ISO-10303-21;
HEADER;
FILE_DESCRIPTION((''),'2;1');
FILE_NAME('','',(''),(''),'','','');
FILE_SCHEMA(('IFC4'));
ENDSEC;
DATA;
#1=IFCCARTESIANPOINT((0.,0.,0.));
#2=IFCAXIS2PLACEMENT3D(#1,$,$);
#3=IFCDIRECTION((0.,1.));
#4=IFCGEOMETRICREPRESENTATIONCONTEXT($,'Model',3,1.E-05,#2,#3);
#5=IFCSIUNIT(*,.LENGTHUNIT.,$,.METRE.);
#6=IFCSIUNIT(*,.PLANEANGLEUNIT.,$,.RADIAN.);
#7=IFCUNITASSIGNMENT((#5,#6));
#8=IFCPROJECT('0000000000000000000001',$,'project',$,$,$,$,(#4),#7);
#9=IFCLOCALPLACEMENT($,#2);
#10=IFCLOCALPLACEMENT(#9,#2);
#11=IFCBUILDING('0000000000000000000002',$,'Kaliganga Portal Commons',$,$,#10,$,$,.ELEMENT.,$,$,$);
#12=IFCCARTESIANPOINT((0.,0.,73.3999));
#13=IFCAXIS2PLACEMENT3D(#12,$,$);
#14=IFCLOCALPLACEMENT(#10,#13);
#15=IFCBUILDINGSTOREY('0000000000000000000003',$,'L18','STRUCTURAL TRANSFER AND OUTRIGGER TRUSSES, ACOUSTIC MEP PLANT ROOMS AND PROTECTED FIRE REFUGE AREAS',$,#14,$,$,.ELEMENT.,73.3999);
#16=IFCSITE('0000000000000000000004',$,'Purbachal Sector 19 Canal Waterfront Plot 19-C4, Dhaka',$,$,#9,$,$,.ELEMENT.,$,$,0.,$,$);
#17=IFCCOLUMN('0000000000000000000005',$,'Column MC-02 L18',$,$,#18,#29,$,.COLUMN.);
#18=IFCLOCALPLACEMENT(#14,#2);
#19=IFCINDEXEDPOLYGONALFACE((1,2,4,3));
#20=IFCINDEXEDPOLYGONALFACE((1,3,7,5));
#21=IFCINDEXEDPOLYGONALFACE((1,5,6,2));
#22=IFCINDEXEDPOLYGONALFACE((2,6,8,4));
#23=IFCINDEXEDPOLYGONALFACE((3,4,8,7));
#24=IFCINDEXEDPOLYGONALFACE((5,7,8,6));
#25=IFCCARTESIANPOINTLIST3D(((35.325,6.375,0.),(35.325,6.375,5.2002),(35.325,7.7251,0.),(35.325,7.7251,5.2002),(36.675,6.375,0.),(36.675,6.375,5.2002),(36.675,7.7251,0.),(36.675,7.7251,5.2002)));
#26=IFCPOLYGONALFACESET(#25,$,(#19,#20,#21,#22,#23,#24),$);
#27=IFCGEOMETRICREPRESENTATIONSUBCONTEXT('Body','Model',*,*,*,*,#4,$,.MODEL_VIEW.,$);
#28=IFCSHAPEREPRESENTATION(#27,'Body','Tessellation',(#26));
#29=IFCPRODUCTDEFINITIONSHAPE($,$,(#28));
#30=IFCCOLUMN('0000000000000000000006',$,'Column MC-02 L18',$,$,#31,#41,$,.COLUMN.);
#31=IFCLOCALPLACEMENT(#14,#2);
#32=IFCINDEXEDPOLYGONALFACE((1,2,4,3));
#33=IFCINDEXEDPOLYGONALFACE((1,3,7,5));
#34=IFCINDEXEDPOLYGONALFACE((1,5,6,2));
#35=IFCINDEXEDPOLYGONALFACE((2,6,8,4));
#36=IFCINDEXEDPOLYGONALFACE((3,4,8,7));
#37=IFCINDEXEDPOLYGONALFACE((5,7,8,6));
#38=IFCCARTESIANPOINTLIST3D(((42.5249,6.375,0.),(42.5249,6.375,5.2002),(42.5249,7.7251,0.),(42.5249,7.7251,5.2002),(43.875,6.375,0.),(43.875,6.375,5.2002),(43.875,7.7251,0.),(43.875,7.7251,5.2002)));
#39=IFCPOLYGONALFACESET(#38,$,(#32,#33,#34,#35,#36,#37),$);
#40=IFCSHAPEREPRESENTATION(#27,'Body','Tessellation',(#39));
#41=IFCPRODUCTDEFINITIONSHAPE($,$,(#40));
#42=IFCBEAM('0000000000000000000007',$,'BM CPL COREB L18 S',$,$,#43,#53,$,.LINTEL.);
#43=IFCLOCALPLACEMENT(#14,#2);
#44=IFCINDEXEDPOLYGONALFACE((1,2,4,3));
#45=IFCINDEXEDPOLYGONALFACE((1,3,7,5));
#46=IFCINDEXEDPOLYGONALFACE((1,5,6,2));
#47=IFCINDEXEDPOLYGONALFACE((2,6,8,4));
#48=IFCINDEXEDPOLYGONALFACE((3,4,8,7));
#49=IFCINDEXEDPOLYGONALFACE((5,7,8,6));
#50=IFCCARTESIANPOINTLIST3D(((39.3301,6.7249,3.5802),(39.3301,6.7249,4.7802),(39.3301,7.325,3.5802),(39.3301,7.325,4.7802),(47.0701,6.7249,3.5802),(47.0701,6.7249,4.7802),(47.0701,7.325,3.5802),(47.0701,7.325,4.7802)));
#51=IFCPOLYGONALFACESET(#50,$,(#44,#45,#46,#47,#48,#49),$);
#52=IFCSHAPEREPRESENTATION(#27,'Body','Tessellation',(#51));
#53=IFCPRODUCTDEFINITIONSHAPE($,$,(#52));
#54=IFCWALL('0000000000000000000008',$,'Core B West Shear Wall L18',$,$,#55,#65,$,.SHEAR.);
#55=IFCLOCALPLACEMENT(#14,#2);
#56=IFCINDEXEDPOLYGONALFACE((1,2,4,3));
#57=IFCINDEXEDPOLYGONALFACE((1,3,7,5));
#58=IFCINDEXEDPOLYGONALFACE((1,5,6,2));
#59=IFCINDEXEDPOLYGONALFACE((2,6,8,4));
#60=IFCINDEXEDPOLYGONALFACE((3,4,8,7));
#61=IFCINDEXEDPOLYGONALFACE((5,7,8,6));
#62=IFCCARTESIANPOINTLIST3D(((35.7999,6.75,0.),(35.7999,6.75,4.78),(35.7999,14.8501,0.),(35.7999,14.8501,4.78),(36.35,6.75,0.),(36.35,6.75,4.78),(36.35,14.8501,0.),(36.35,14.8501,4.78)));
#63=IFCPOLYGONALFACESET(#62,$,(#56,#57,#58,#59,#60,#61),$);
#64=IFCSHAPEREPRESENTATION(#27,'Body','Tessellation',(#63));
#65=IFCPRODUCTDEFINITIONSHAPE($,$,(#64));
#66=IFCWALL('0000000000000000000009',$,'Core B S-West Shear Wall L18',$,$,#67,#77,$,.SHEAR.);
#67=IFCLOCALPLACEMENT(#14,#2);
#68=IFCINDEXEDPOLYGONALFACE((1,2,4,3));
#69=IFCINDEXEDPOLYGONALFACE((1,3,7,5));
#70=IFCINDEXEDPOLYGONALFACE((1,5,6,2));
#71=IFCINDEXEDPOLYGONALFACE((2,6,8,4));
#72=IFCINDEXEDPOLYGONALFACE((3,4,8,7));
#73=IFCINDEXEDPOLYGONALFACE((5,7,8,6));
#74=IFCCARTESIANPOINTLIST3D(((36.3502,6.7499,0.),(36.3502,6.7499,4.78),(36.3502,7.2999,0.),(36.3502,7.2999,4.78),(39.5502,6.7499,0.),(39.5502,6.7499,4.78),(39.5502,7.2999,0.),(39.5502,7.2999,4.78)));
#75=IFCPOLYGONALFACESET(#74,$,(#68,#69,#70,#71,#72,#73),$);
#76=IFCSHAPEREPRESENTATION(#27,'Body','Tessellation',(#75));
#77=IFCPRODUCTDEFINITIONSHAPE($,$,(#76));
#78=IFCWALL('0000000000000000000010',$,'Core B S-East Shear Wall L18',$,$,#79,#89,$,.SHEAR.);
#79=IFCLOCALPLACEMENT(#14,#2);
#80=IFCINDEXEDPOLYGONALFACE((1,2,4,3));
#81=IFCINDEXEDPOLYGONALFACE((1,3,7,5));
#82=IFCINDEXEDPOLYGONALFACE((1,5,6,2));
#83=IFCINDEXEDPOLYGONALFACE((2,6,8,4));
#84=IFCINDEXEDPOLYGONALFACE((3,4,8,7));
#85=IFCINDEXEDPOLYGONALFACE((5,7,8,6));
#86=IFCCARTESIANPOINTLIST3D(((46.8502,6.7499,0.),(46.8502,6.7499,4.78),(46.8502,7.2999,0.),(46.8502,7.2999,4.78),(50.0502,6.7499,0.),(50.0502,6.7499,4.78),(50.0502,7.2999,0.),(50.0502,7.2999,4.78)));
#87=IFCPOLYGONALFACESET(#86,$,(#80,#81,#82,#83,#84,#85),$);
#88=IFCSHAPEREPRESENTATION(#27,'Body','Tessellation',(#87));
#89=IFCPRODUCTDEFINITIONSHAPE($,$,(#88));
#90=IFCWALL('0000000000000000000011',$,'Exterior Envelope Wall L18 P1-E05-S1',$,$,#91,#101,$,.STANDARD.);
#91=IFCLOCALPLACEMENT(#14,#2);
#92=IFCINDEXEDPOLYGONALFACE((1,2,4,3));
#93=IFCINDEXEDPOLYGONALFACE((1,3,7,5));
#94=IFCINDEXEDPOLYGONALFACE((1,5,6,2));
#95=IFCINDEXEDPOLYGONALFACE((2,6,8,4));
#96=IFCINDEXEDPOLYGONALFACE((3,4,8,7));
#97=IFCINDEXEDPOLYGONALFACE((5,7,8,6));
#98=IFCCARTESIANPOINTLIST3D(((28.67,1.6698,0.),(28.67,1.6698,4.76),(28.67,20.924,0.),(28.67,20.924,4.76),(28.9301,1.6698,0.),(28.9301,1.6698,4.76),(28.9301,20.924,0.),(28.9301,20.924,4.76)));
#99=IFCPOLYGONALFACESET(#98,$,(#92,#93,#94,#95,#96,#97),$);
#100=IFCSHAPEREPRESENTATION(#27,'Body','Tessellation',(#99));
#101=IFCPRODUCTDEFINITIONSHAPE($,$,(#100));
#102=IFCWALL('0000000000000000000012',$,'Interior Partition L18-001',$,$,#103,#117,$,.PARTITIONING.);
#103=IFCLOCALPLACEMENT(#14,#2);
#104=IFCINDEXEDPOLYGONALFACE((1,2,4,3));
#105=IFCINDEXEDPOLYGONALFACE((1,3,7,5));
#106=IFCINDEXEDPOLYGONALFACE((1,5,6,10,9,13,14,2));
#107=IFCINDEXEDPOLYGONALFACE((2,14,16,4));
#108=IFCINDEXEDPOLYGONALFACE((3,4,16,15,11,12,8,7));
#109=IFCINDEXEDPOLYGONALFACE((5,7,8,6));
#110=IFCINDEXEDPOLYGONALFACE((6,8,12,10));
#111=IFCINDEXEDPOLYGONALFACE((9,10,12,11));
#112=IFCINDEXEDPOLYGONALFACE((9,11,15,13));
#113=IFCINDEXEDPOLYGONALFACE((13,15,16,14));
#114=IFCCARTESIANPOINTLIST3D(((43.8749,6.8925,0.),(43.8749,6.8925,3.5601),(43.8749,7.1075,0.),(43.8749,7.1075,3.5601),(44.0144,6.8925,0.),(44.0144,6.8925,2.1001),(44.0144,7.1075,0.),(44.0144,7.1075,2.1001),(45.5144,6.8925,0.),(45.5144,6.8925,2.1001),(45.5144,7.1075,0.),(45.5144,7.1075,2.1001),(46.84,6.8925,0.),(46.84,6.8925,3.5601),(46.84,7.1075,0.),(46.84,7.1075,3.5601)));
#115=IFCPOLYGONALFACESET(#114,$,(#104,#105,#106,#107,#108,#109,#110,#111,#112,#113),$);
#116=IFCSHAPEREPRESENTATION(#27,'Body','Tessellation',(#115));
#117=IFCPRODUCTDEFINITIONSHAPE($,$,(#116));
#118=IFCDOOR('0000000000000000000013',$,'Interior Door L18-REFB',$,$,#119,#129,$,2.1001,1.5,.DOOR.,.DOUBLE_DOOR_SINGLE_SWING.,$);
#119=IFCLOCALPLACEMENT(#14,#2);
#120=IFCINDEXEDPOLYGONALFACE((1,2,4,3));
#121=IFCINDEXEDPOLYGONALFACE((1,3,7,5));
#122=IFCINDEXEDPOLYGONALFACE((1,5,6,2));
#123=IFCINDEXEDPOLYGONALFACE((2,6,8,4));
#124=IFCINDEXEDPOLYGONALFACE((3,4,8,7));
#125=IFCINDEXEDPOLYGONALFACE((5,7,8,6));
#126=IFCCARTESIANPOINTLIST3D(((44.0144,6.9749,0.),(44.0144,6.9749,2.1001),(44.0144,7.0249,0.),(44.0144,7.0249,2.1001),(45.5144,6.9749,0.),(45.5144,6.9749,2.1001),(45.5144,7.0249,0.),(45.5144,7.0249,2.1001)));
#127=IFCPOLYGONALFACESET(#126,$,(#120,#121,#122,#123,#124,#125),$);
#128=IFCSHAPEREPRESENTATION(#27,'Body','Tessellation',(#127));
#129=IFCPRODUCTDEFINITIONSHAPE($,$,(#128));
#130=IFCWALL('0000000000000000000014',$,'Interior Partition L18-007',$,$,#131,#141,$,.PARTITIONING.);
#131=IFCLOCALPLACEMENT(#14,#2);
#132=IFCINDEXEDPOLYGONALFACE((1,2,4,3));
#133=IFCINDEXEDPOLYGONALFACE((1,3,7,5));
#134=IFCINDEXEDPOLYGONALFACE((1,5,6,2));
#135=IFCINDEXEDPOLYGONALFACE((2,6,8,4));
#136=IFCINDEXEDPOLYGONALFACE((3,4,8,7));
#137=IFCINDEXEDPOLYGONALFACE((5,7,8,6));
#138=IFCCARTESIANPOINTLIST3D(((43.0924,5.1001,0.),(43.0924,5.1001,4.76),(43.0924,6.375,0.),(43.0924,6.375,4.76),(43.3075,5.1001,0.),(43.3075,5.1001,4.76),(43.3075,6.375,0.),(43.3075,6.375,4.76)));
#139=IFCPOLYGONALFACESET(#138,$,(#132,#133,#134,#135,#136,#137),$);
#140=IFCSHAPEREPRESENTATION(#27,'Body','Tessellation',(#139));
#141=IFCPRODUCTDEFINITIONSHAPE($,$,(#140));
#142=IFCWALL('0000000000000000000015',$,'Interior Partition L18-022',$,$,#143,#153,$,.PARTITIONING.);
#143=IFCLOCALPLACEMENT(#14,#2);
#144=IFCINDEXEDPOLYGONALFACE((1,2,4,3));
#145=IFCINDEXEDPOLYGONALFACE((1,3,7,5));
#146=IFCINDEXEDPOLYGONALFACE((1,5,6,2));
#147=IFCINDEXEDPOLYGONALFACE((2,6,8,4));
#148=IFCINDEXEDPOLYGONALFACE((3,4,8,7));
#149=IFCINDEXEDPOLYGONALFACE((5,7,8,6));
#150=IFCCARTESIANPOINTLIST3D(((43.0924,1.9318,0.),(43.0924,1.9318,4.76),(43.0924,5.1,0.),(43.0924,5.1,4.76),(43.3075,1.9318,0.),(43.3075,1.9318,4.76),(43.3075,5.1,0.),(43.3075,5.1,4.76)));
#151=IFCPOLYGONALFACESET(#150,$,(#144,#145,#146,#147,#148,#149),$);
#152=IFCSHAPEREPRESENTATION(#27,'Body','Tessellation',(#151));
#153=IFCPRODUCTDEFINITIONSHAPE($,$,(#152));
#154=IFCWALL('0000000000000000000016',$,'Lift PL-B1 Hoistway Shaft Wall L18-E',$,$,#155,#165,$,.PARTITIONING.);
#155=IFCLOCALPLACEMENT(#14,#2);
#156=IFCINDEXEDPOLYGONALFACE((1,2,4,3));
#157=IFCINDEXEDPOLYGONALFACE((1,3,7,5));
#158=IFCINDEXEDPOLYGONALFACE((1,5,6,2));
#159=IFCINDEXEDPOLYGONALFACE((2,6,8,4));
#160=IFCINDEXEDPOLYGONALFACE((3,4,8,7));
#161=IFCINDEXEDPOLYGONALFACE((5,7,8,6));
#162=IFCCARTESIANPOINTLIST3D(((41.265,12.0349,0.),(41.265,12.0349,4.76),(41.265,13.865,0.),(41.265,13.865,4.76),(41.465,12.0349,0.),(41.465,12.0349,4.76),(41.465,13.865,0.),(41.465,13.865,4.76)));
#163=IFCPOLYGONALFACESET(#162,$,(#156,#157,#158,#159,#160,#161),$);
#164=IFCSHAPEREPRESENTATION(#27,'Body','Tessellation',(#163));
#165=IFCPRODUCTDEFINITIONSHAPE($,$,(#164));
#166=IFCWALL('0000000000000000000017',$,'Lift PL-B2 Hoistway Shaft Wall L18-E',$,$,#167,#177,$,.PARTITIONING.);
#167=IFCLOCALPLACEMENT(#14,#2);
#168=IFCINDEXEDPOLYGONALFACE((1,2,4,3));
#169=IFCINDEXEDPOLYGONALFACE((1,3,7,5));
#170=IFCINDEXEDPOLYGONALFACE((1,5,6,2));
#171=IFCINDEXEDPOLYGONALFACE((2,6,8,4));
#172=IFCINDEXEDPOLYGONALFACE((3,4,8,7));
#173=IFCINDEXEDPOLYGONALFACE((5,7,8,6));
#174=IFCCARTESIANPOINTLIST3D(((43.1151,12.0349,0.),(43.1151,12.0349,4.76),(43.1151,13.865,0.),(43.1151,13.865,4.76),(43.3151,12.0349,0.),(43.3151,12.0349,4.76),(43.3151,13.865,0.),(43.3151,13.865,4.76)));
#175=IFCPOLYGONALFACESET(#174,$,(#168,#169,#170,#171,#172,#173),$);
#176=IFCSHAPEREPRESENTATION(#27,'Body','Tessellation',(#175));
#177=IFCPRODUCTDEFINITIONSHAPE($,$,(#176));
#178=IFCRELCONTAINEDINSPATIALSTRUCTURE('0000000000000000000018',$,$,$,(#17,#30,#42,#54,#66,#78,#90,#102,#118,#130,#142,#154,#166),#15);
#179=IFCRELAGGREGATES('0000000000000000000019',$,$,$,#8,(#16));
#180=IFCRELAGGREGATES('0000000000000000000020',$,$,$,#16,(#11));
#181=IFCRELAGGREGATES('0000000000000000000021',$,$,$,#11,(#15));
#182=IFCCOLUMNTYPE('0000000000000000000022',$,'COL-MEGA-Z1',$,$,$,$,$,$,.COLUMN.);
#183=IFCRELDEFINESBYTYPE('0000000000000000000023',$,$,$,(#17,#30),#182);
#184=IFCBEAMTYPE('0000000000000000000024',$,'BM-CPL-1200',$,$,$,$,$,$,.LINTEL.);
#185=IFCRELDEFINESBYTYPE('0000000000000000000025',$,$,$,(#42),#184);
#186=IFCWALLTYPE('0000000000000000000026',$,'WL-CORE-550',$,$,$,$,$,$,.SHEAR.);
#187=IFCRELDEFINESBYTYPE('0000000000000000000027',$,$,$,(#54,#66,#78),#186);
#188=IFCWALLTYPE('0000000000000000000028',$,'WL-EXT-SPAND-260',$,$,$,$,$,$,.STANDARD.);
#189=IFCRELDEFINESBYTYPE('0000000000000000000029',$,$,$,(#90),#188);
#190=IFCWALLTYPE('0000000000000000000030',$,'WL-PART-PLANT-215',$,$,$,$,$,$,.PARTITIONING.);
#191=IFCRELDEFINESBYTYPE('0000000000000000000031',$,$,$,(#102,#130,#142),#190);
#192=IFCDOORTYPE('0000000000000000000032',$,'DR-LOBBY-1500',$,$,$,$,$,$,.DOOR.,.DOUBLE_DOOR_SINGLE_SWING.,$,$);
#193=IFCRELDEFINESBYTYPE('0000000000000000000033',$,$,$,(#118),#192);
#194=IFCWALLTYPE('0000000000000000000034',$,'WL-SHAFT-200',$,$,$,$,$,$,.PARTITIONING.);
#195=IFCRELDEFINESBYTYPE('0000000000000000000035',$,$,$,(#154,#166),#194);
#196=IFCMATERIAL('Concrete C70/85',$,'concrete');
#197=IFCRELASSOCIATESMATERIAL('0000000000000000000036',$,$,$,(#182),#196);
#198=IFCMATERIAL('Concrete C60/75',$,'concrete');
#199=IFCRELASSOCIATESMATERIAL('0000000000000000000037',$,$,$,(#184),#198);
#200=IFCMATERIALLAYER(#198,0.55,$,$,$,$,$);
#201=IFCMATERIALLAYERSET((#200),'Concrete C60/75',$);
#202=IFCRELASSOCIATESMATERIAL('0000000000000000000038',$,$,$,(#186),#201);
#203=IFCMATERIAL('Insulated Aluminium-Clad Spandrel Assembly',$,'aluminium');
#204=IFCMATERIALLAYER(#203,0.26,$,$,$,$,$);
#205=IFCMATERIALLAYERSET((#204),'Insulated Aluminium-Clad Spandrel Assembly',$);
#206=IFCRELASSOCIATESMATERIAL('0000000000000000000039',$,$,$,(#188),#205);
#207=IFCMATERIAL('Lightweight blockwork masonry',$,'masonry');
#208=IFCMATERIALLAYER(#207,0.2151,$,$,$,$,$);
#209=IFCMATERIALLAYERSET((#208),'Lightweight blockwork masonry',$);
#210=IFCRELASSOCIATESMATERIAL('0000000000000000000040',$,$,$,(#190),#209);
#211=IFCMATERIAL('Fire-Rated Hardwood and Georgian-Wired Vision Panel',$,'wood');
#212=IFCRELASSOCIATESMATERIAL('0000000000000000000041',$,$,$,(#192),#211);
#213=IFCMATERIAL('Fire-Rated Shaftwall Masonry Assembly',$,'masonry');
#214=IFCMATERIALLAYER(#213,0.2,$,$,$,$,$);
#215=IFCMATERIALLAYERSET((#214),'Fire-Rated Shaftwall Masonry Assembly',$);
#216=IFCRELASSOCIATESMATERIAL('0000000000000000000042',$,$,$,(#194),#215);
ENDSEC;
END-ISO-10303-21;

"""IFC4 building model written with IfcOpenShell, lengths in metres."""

from ifc_helpers import new_model, si_unit, direction, frame, frame_2d, origin, origin_2d, place, context, subcontext, project, spatial, rectangle, extrude, source, transform, mapped, material, layer, layer_set, material_profile, profile_set, type_object, element, fill, save


model = new_model("IFC4")

# Units and contexts
model_context = context("Model", 3, precision=1e-05, world=origin(), true_north=direction((0.0, 1.0)))
body_context = subcontext(model_context, "Body", "Model", "MODEL_VIEW")
ifc_project = project(units=[si_unit("LENGTHUNIT", "METRE"), si_unit("PLANEANGLEUNIT", "RADIAN")], contexts=[model_context])

# Site, building, storey
site_placement = place(None, origin())
site = spatial("IfcSite", under=ifc_project, at=site_placement, Name="Purbachal Sector 19 Canal Waterfront Plot 19-C4, Dhaka", CompositionType="ELEMENT", RefElevation=0.0)
building_placement = place(site_placement, origin())
building = spatial("IfcBuilding", under=site, at=building_placement, Name="Kaliganga Portal Commons", CompositionType="ELEMENT")
storey_placement = place(building_placement, frame((0.0, 0.0, 73.3999)))
storey = spatial("IfcBuildingStorey", under=building, at=storey_placement, Name="L18", Description="STRUCTURAL TRANSFER AND OUTRIGGER TRUSSES, ACOUSTIC MEP PLANT ROOMS AND PROTECTED FIRE REFUGE AREAS", CompositionType="ELEMENT", Elevation=73.3999)

# Columns
ifc_material_1 = material(Name="Concrete C70/85", Category="concrete")
ifc_material_profile_1 = material_profile(ifc_material_1, rectangle(XDim=1.3501, YDim=1.3501, at=origin_2d()), Name="RC 1350x1350")
ifc_profile_set_1 = profile_set([ifc_material_profile_1], Name="Concrete C70/85")
column_type = type_object("IfcColumnType", Name="COL-MEGA-Z1", PredefinedType="COLUMN", material=ifc_profile_set_1)
shared_shape_1 = source(origin(), body_context, "Body", "SweptSolid", [
    extrude(rectangle(XDim=1.3501, YDim=1.3501, at=origin_2d()), origin(), (0.0, 0.0, 1.0), 5.2002),
])
for number, where, z_axis, x_axis, name in (
    (1, (36.0, 7.05, 0.0), (0.0, 0.0, 1.0), (1.0, 0.0, 0.0), "Column MC-02 L18"),
    (2, (43.2, 7.05, 0.0), (0.0, 0.0, 1.0), (1.0, 0.0, 0.0), "Column MC-02 L18"),
):
    element("IfcColumn", number, at=place(storey_placement, frame(where, z_axis=z_axis, x_axis=x_axis)), inside=storey, type_object=column_type, Name=name, PredefinedType="COLUMN", context=body_context, shape_type="MappedRepresentation", body=[
        mapped(shared_shape_1, transform((0.0, 0.0, 0.0), x_axis=(1.0, 0.0, 0.0), y_axis=(0.0, 1.0, 0.0), z_axis=(0.0, 0.0, 1.0), scale=1.0)),
    ])

# Beam
ifc_material_2 = material(Name="Concrete C60/75", Category="concrete")
ifc_material_profile_2 = material_profile(ifc_material_2, rectangle(XDim=0.6001, YDim=1.2, at=origin_2d()), Name="RC 600x1200")
ifc_profile_set_2 = profile_set([ifc_material_profile_2], Name="Concrete C60/75")
beam_type = type_object("IfcBeamType", Name="BM-CPL-1200", PredefinedType="LINTEL", material=ifc_profile_set_2)
shared_shape_2 = source(origin(), body_context, "Body", "SweptSolid", [
    extrude(rectangle(XDim=0.6001, YDim=1.2, at=origin_2d()), origin(), (0.0, 0.0, 1.0), 7.74),
])
beam_placement = place(storey_placement, frame((39.3301, 7.0249, 4.1802), z_axis=(1.0, 0.0, 0.0), x_axis=(0.0, 1.0, 0.0)))
element("IfcBeam", 3, at=beam_placement, inside=storey, type_object=beam_type, Name="BM CPL COREB L18 S", PredefinedType="LINTEL", context=body_context, shape_type="MappedRepresentation", body=[
    mapped(shared_shape_2, transform((0.0, 0.0, 0.0), x_axis=(1.0, 0.0, 0.0), y_axis=(0.0, 1.0, 0.0), z_axis=(0.0, 0.0, 1.0), scale=1.0)),
])

# Walls
ifc_layer_1 = layer(ifc_material_2, 0.55)
ifc_layer_set_1 = layer_set([ifc_layer_1], Name="Concrete C60/75")
wall_type_1 = type_object("IfcWallType", Name="WL-CORE-550", PredefinedType="SHEAR", material=ifc_layer_set_1)
wall_1_placement = place(storey_placement, frame((36.075, 6.75, 0.0), z_axis=(0.0, 0.0, 1.0), x_axis=(0.0, 1.0, 0.0)))
element("IfcWall", 4, at=wall_1_placement, inside=storey, type_object=wall_type_1, Name="Core B West Shear Wall L18", PredefinedType="SHEAR", context=body_context, shape_type="SweptSolid", body=[
    extrude(rectangle(XDim=8.1001, YDim=0.55, at=frame_2d((4.05, 0.0))), origin(), (0.0, 0.0, 1.0), 4.78),
])
for number, where, z_axis, x_axis, name in (
    (5, (36.3501, 7.0249, 0.0), (0.0, 0.0, 1.0), (1.0, 0.0, 0.0), "Core B S-West Shear Wall L18"),
    (6, (46.8501, 7.0249, 0.0), (0.0, 0.0, 1.0), (1.0, 0.0, 0.0), "Core B S-East Shear Wall L18"),
):
    element("IfcWall", number, at=place(storey_placement, frame(where, z_axis=z_axis, x_axis=x_axis)), inside=storey, type_object=wall_type_1, Name=name, PredefinedType="SHEAR", context=body_context, shape_type="SweptSolid", body=[
        extrude(rectangle(XDim=3.2, YDim=0.55, at=frame_2d((1.6001, 0.0))), origin(), (0.0, 0.0, 1.0), 4.78),
    ])
ifc_material_3 = material(Name="Insulated Aluminium-Clad Spandrel Assembly", Category="aluminium")
ifc_layer_2 = layer(ifc_material_3, 0.26)
ifc_layer_set_2 = layer_set([ifc_layer_2], Name="Insulated Aluminium-Clad Spandrel Assembly")
wall_type_2 = type_object("IfcWallType", Name="WL-EXT-SPAND-260", PredefinedType="STANDARD", material=ifc_layer_set_2)
wall_2_placement = place(storey_placement, frame((28.8, 1.6699, 0.0), z_axis=(0.0, 0.0, 1.0), x_axis=(0.0, 1.0, 0.0)))
element("IfcWall", 7, at=wall_2_placement, inside=storey, type_object=wall_type_2, Name="Exterior Envelope Wall L18 P1-E05-S1", PredefinedType="STANDARD", context=body_context, shape_type="SweptSolid", body=[
    extrude(rectangle(XDim=19.2542, YDim=0.26, at=frame_2d((9.627, 0.0))), origin(), (0.0, 0.0, 1.0), 4.76),
])

# Wall, opening, door
ifc_material_4 = material(Name="Lightweight blockwork masonry", Category="masonry")
ifc_layer_3 = layer(ifc_material_4, 0.2151)
ifc_layer_set_3 = layer_set([ifc_layer_3], Name="Lightweight blockwork masonry")
wall_type_3 = type_object("IfcWallType", Name="WL-PART-PLANT-215", PredefinedType="PARTITIONING", material=ifc_layer_set_3)
wall_3_placement = place(storey_placement, frame((43.875, 7.0, 0.0), z_axis=(0.0, 0.0, 1.0), x_axis=(1.0, 0.0, 0.0)))
wall_3 = element("IfcWall", 8, at=wall_3_placement, inside=storey, type_object=wall_type_3, Name="Interior Partition L18-001", PredefinedType="PARTITIONING", context=body_context, shape_type="SweptSolid", body=[
    extrude(rectangle(XDim=2.9651, YDim=0.2151, at=frame_2d((1.4824, 0.0))), origin(), (0.0, 0.0, 1.0), 3.5601),
])
opening_1_placement = place(wall_3_placement, frame((0.1394, 0.0, 0.0)))
opening_1 = element("IfcOpeningElement", 9, at=opening_1_placement, cuts=wall_3, PredefinedType="OPENING", context=body_context, shape_type="SweptSolid", body=[
    extrude(rectangle(XDim=1.5, YDim=2.1001, at=frame_2d((0.75, 1.05))), frame((0.0, 0.1177, 0.0), z_axis=(0.0, -1.0, 0.0), x_axis=(1.0, 0.0, 0.0)), (0.0, 0.0, 1.0), 0.2351),
])
ifc_material_5 = material(Name="Fire-Rated Hardwood and Georgian-Wired Vision Panel", Category="wood")
door_type_1 = type_object("IfcDoorType", Name="DR-LOBBY-1500", OperationType="DOUBLE_DOOR_SINGLE_SWING", PredefinedType="DOOR", material=ifc_material_5)
door_1_placement = place(opening_1_placement, origin())
door_1 = element("IfcDoor", 10, at=door_1_placement, inside=storey, type_object=door_type_1, Name="Interior Door L18-REFB", OperationType="DOUBLE_DOOR_SINGLE_SWING", OverallHeight=2.1001, OverallWidth=1.5, PredefinedType="DOOR", context=body_context, shape_type="SweptSolid", body=[
    extrude(rectangle(XDim=1.5, YDim=2.1001, at=frame_2d((0.75, 1.05))), frame((0.0, 0.0249, 0.0), z_axis=(0.0, -1.0, 0.0), x_axis=(1.0, 0.0, 0.0)), (0.0, 0.0, 1.0), 0.05),
])
fill(opening_1, door_1)

# Walls
wall_4_placement = place(storey_placement, frame((43.2, 5.1001, 0.0), z_axis=(0.0, 0.0, 1.0), x_axis=(0.0, 1.0, 0.0)))
element("IfcWall", 11, at=wall_4_placement, inside=storey, type_object=wall_type_3, Name="Interior Partition L18-007", PredefinedType="PARTITIONING", context=body_context, shape_type="SweptSolid", body=[
    extrude(rectangle(XDim=1.2749, YDim=0.2151, at=frame_2d((0.6375, 0.0))), origin(), (0.0, 0.0, 1.0), 4.76),
])
wall_5_placement = place(storey_placement, frame((43.2, 1.9319, 0.0), z_axis=(0.0, 0.0, 1.0), x_axis=(0.0, 1.0, 0.0)))
element("IfcWall", 12, at=wall_5_placement, inside=storey, type_object=wall_type_3, Name="Interior Partition L18-022", PredefinedType="PARTITIONING", context=body_context, shape_type="SweptSolid", body=[
    extrude(rectangle(XDim=3.1682, YDim=0.2151, at=frame_2d((1.584, 0.0))), origin(), (0.0, 0.0, 1.0), 4.76),
])

# Shared definitions
ifc_material_6 = material(Name="Fire-Rated Shaftwall Masonry Assembly", Category="masonry")
ifc_layer_4 = layer(ifc_material_6, 0.2)
ifc_layer_set_4 = layer_set([ifc_layer_4], Name="Fire-Rated Shaftwall Masonry Assembly")
wall_type_4 = type_object("IfcWallType", Name="WL-SHAFT-200", PredefinedType="PARTITIONING", material=ifc_layer_set_4)

# Wall
wall_6_placement = place(storey_placement, frame((41.365, 12.0349, 0.0), z_axis=(0.0, 0.0, 1.0), x_axis=(0.0, 1.0, 0.0)))
element("IfcWall", 13, at=wall_6_placement, inside=storey, type_object=wall_type_4, Name="Lift PL-B1 Hoistway Shaft Wall L18-E", PredefinedType="PARTITIONING", context=body_context, shape_type="SweptSolid", body=[
    extrude(rectangle(XDim=1.8301, YDim=0.2, at=frame_2d((0.915, 0.0))), origin(), (0.0, 0.0, 1.0), 4.76),
])

# Wall
wall_7_placement = place(storey_placement, frame((43.2151, 12.0349, 0.0), z_axis=(0.0, 0.0, 1.0), x_axis=(0.0, 1.0, 0.0)))
element("IfcWall", 14, at=wall_7_placement, inside=storey, type_object=wall_type_4, Name="Lift PL-B2 Hoistway Shaft Wall L18-E", PredefinedType="PARTITIONING", context=body_context, shape_type="SweptSolid", body=[
    extrude(rectangle(XDim=1.8301, YDim=0.2, at=frame_2d((0.915, 0.0))), origin(), (0.0, 0.0, 1.0), 4.76),
])

save(model, "model.ifc")
